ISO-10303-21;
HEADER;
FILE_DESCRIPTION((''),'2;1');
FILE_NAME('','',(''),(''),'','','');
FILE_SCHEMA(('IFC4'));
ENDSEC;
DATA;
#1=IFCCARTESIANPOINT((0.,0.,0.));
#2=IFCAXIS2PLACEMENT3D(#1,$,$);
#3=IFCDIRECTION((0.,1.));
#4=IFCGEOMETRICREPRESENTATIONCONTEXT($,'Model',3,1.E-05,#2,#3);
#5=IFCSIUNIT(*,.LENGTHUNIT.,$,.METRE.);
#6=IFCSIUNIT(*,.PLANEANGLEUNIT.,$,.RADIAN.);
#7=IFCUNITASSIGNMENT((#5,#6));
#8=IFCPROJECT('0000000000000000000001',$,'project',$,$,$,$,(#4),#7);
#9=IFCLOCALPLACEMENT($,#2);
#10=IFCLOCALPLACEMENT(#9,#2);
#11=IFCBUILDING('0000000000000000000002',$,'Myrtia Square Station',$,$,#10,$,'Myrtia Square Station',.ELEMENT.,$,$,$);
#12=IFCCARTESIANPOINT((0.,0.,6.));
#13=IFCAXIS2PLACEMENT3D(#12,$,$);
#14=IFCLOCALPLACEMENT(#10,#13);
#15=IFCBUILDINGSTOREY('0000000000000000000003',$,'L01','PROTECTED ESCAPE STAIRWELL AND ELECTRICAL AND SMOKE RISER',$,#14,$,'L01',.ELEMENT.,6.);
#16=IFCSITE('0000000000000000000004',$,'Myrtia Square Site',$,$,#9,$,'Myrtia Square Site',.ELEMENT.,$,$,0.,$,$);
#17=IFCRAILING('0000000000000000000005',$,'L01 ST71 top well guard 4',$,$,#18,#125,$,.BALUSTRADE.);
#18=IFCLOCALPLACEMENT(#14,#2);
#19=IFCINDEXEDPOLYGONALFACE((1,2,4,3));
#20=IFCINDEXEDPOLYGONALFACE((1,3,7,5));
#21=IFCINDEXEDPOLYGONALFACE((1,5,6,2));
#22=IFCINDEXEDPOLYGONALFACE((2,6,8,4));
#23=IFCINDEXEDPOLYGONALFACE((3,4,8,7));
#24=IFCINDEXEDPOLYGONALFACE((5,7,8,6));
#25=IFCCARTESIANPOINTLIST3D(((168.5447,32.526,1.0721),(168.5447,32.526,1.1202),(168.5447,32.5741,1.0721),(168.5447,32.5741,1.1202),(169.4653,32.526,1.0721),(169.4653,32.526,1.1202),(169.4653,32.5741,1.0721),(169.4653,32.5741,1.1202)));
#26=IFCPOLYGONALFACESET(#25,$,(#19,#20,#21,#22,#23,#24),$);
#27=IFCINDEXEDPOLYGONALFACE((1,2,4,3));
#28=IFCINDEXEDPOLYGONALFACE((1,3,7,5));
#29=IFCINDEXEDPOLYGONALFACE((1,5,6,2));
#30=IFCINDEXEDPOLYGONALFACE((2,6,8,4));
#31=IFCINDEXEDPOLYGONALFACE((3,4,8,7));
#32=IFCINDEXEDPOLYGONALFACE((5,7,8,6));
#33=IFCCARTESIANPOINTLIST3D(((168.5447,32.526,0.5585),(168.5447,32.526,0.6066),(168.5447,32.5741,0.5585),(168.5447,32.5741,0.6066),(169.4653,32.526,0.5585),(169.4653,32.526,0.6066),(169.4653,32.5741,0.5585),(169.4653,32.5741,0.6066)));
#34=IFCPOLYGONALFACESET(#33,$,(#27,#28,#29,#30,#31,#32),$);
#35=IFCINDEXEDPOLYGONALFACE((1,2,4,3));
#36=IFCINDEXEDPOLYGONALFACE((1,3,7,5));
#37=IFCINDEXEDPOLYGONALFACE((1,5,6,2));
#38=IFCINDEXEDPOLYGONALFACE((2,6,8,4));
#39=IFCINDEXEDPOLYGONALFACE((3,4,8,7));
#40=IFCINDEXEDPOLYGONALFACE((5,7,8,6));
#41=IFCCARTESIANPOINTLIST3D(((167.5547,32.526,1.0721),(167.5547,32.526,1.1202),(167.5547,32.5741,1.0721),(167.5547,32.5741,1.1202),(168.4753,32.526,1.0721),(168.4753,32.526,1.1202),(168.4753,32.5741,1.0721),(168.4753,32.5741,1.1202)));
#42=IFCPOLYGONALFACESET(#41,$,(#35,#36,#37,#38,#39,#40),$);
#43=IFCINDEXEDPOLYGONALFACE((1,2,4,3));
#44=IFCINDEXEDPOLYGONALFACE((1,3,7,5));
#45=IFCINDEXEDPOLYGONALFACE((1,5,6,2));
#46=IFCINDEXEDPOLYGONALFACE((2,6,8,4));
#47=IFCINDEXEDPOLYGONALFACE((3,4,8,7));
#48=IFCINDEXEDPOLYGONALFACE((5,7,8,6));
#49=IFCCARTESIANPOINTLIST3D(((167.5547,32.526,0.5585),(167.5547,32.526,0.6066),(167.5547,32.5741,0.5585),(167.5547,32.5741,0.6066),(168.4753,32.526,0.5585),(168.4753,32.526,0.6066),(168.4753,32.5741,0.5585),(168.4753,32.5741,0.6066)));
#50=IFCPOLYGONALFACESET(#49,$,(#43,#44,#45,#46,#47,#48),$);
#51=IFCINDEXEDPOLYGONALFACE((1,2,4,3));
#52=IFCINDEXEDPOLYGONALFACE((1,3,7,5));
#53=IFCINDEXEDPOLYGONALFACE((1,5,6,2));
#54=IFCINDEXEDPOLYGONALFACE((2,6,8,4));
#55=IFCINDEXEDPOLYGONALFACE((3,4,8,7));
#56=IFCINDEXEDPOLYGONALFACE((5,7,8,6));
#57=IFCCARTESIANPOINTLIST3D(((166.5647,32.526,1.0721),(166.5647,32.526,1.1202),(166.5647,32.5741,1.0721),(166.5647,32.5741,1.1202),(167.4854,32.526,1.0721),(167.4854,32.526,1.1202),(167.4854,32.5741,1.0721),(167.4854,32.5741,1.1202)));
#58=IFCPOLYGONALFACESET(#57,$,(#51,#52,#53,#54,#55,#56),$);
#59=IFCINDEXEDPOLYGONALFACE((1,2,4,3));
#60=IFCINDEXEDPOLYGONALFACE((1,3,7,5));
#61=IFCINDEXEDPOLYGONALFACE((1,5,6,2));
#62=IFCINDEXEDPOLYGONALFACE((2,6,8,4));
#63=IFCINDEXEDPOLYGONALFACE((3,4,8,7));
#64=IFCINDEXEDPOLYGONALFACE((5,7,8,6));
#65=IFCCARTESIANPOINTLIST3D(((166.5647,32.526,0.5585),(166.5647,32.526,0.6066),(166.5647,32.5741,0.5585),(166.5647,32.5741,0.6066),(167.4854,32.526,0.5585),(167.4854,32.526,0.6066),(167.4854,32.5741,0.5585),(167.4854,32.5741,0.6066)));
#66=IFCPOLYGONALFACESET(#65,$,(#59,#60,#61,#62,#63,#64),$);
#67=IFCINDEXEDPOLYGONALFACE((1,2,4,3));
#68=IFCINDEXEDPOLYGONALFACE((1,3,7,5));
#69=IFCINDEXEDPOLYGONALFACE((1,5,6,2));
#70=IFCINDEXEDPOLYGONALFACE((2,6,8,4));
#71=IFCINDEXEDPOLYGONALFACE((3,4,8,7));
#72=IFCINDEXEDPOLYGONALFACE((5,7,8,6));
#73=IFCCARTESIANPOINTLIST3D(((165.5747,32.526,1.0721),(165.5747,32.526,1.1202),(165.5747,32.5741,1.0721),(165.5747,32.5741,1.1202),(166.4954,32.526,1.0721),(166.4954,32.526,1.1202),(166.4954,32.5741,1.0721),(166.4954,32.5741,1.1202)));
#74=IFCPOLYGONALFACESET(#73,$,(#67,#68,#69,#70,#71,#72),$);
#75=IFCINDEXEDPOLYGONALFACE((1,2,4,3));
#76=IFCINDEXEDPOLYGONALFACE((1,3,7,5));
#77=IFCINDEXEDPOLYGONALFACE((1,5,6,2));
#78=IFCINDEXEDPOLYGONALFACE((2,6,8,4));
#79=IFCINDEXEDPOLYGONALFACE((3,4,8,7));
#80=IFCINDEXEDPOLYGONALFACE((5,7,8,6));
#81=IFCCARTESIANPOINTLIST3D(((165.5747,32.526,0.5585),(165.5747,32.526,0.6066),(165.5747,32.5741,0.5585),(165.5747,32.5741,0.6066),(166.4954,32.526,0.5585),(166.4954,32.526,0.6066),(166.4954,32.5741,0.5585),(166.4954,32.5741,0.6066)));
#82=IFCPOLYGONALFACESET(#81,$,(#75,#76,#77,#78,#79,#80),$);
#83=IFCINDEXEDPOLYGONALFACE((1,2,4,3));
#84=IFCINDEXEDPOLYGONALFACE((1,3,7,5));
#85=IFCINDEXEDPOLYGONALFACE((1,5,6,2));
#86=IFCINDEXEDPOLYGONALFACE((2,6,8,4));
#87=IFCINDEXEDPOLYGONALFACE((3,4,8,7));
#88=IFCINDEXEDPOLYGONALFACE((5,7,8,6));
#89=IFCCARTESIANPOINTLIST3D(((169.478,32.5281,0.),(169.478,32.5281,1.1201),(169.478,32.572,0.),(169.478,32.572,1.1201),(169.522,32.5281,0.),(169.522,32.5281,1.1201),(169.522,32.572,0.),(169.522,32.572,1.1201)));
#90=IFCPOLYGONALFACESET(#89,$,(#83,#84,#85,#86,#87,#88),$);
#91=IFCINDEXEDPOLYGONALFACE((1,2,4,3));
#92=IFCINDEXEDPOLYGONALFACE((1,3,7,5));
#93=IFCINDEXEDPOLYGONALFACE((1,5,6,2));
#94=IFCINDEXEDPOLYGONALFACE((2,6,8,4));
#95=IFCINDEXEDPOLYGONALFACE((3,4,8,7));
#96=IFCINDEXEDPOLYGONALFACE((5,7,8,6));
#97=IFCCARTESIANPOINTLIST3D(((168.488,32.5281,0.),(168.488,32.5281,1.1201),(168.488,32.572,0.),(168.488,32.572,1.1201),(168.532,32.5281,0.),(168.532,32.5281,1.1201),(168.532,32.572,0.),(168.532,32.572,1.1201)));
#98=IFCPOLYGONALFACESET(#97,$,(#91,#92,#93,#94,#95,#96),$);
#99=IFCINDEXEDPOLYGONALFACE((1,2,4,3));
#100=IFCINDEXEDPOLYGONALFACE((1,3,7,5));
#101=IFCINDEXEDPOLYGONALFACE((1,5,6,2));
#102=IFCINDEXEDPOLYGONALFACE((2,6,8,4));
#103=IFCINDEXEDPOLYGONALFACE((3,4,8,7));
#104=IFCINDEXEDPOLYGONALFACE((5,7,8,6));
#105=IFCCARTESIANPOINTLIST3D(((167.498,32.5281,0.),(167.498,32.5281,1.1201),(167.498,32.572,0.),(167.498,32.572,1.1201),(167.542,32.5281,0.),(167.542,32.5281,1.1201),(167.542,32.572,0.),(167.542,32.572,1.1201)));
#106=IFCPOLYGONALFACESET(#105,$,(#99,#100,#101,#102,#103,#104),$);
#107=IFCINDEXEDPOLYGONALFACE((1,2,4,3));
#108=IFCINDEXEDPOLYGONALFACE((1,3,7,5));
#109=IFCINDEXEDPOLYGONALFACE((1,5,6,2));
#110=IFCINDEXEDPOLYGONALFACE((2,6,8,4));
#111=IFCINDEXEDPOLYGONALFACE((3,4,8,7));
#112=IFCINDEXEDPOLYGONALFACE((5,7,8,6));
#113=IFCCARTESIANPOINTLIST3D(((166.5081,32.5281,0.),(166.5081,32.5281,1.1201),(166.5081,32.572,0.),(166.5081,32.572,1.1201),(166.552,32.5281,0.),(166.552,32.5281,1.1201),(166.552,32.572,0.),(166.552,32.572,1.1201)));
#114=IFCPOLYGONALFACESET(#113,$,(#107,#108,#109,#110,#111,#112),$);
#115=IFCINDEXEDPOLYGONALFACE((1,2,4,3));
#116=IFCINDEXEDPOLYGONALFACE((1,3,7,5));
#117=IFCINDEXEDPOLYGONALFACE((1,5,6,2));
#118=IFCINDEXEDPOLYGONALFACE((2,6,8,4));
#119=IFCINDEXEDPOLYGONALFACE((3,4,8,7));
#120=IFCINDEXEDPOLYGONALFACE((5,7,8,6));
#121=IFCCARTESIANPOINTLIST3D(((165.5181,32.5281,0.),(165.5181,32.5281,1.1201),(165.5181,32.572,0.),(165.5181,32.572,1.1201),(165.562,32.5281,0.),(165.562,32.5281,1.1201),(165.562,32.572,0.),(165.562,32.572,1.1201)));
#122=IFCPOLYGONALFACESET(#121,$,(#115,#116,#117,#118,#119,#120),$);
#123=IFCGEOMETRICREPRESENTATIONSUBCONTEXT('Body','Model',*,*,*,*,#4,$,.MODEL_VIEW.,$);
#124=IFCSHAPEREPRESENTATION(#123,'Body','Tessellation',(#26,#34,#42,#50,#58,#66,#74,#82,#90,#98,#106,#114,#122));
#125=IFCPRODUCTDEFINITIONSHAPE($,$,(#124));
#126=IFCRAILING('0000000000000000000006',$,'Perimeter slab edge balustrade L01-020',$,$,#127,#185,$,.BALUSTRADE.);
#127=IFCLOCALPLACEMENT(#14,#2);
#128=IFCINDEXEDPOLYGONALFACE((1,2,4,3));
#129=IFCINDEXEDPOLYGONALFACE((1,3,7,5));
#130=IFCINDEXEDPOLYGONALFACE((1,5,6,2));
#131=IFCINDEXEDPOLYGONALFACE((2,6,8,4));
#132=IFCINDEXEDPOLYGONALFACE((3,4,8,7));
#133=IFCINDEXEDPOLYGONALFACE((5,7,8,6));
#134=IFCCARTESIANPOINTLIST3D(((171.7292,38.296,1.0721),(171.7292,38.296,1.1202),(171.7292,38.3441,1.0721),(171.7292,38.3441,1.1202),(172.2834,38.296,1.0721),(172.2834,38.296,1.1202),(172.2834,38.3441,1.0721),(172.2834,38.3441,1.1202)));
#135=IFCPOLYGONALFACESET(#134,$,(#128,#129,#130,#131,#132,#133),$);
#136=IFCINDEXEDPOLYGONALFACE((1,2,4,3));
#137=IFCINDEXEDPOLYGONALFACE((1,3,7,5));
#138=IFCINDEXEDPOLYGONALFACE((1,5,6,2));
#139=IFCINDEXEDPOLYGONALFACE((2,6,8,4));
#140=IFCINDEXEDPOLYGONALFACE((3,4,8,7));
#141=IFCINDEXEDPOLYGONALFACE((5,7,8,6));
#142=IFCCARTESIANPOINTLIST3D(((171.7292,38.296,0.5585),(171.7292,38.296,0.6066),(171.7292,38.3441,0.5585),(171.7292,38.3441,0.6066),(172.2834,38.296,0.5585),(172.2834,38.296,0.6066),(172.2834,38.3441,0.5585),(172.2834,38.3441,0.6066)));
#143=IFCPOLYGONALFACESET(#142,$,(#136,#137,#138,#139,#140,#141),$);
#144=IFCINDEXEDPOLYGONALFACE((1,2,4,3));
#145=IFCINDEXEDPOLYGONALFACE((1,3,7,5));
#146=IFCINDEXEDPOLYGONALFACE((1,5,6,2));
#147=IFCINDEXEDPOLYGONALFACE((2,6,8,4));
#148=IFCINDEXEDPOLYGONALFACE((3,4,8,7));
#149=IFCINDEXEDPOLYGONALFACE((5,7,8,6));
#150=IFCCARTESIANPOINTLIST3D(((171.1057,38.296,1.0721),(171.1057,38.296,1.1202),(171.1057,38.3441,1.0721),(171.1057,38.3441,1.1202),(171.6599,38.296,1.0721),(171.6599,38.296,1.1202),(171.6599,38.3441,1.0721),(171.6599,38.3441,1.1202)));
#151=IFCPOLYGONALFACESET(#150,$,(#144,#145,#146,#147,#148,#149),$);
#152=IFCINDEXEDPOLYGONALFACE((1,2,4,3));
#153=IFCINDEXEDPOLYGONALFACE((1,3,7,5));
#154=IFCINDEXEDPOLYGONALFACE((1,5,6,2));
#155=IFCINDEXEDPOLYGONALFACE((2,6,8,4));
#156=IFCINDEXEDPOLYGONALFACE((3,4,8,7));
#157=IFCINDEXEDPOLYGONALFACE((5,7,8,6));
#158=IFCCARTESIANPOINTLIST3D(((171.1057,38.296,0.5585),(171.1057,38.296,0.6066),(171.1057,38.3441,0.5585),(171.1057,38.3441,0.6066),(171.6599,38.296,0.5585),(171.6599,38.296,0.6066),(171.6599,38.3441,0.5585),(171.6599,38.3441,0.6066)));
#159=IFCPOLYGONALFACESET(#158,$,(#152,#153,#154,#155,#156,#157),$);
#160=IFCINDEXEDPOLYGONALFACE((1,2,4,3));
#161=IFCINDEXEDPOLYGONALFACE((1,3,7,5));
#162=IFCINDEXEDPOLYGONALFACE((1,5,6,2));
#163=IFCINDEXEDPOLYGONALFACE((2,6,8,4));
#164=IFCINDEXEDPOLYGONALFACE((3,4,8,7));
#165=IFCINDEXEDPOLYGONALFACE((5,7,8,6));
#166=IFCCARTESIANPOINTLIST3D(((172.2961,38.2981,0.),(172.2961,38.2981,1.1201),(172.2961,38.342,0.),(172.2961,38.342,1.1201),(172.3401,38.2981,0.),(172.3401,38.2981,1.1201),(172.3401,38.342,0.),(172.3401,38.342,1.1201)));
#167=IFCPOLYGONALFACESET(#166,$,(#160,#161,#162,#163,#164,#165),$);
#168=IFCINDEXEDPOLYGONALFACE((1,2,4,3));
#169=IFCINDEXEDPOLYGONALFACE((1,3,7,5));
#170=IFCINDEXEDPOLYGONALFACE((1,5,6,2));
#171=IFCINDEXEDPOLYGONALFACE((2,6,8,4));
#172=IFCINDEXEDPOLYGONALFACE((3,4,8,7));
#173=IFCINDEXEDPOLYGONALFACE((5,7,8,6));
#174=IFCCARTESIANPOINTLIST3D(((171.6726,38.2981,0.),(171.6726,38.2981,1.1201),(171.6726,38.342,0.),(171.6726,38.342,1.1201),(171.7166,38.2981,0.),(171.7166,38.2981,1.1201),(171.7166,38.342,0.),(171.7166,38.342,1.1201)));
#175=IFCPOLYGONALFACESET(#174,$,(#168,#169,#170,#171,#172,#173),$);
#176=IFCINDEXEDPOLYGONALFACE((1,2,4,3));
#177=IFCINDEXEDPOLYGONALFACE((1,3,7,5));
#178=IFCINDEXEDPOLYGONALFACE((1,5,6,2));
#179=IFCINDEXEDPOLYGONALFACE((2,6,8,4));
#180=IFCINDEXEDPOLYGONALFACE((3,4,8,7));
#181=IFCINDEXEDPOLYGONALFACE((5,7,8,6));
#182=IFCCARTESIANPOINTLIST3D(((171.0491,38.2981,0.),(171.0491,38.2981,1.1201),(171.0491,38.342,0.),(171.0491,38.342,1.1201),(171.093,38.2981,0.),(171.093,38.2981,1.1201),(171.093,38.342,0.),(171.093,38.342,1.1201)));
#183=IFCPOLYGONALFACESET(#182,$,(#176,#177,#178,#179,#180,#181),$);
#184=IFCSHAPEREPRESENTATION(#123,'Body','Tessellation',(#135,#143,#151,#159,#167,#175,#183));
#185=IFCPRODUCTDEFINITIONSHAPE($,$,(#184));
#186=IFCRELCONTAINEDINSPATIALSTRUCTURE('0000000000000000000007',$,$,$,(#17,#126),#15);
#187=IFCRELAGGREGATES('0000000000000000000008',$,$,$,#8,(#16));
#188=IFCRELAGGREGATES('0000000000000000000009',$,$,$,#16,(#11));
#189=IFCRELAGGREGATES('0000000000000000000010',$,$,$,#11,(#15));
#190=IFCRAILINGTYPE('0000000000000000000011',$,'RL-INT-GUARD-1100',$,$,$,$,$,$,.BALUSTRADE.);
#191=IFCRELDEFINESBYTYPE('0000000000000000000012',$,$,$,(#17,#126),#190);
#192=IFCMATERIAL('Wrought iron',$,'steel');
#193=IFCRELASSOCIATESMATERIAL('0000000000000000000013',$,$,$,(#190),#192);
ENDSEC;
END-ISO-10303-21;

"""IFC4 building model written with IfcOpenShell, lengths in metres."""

from ifc_helpers import new_model, si_unit, direction, frame, origin, origin_2d, place, context, subcontext, project, spatial, rectangle, extrude, material, type_object, element, save


model = new_model("IFC4")

# Units and contexts
model_context = context("Model", 3, precision=1e-05, world=origin(), true_north=direction((0.0, 1.0)))
body_context = subcontext(model_context, "Body", "Model", "MODEL_VIEW")
ifc_project = project(units=[si_unit("LENGTHUNIT", "METRE"), si_unit("PLANEANGLEUNIT", "RADIAN")], contexts=[model_context])

# Site, building, storey
site_placement = place(None, origin())
site = spatial("IfcSite", under=ifc_project, at=site_placement, Name="Myrtia Square Site", LongName="Myrtia Square Site", CompositionType="ELEMENT", RefElevation=0.0)
building_placement = place(site_placement, origin())
building = spatial("IfcBuilding", under=site, at=building_placement, Name="Myrtia Square Station", LongName="Myrtia Square Station", CompositionType="ELEMENT")
storey_placement = place(building_placement, frame((0.0, 0.0, 6.0)))
storey = spatial("IfcBuildingStorey", under=building, at=storey_placement, Name="L01", Description="PROTECTED ESCAPE STAIRWELL AND ELECTRICAL AND SMOKE RISER", LongName="L01", CompositionType="ELEMENT", Elevation=6.0)

# Railings
ifc_material_1 = material(Name="Wrought iron", Category="steel")
railing_type = type_object("IfcRailingType", Name="RL-INT-GUARD-1100", PredefinedType="BALUSTRADE", material=ifc_material_1)
railing_1_placement = place(storey_placement, frame((169.5, 32.55, 0.0)))
element("IfcRailing", 1, at=railing_1_placement, inside=storey, type_object=railing_type, Name="L01 ST71 top well guard 4", PredefinedType="BALUSTRADE", context=body_context, shape_type="SweptSolid", body=[
    extrude(rectangle(XDim=0.0481, YDim=0.0481, at=origin_2d()), frame((-0.0347, 0.0, 1.0962), z_axis=(-1.0, 0.0, 0.0), x_axis=(0.0, -1.0, 0.0)), (0.0, 0.0, 1.0), 0.9207),
    extrude(rectangle(XDim=0.0481, YDim=0.0481, at=origin_2d()), frame((-0.0347, 0.0, 0.5825), z_axis=(-1.0, 0.0, 0.0), x_axis=(0.0, -1.0, 0.0)), (0.0, 0.0, 1.0), 0.9207),
    extrude(rectangle(XDim=0.0481, YDim=0.0481, at=origin_2d()), frame((-1.0247, 0.0, 1.0962), z_axis=(-1.0, 0.0, 0.0), x_axis=(0.0, -1.0, 0.0)), (0.0, 0.0, 1.0), 0.9207),
    extrude(rectangle(XDim=0.0481, YDim=0.0481, at=origin_2d()), frame((-1.0247, 0.0, 0.5825), z_axis=(-1.0, 0.0, 0.0), x_axis=(0.0, -1.0, 0.0)), (0.0, 0.0, 1.0), 0.9207),
    extrude(rectangle(XDim=0.0481, YDim=0.0481, at=origin_2d()), frame((-2.0146, 0.0, 1.0962), z_axis=(-1.0, 0.0, 0.0), x_axis=(0.0, -1.0, 0.0)), (0.0, 0.0, 1.0), 0.9207),
    extrude(rectangle(XDim=0.0481, YDim=0.0481, at=origin_2d()), frame((-2.0146, 0.0, 0.5825), z_axis=(-1.0, 0.0, 0.0), x_axis=(0.0, -1.0, 0.0)), (0.0, 0.0, 1.0), 0.9207),
    extrude(rectangle(XDim=0.0481, YDim=0.0481, at=origin_2d()), frame((-3.0046, 0.0, 1.0962), z_axis=(-1.0, 0.0, 0.0), x_axis=(0.0, -1.0, 0.0)), (0.0, 0.0, 1.0), 0.9207),
    extrude(rectangle(XDim=0.0481, YDim=0.0481, at=origin_2d()), frame((-3.0046, 0.0, 0.5825), z_axis=(-1.0, 0.0, 0.0), x_axis=(0.0, -1.0, 0.0)), (0.0, 0.0, 1.0), 0.9207),
    extrude(rectangle(XDim=0.0439, YDim=0.0439, at=origin_2d()), origin(), (0.0, 0.0, 1.0), 1.1201),
    extrude(rectangle(XDim=0.0439, YDim=0.0439, at=origin_2d()), frame((-0.99, 0.0, 0.0)), (0.0, 0.0, 1.0), 1.1201),
    extrude(rectangle(XDim=0.0439, YDim=0.0439, at=origin_2d()), frame((-1.98, 0.0, 0.0)), (0.0, 0.0, 1.0), 1.1201),
    extrude(rectangle(XDim=0.0439, YDim=0.0439, at=origin_2d()), frame((-2.97, 0.0, 0.0)), (0.0, 0.0, 1.0), 1.1201),
    extrude(rectangle(XDim=0.0439, YDim=0.0439, at=origin_2d()), frame((-3.96, 0.0, 0.0)), (0.0, 0.0, 1.0), 1.1201),
])
railing_2_placement = place(storey_placement, frame((172.3181, 38.3201, 0.0)))
element("IfcRailing", 2, at=railing_2_placement, inside=storey, type_object=railing_type, Name="Perimeter slab edge balustrade L01-020", PredefinedType="BALUSTRADE", context=body_context, shape_type="SweptSolid", body=[
    extrude(rectangle(XDim=0.0481, YDim=0.0481, at=origin_2d()), frame((-0.0347, 0.0, 1.0962), z_axis=(-1.0, 0.0, 0.0), x_axis=(0.0, -1.0, 0.0)), (0.0, 0.0, 1.0), 0.5542),
    extrude(rectangle(XDim=0.0481, YDim=0.0481, at=origin_2d()), frame((-0.0347, 0.0, 0.5825), z_axis=(-1.0, 0.0, 0.0), x_axis=(0.0, -1.0, 0.0)), (0.0, 0.0, 1.0), 0.5542),
    extrude(rectangle(XDim=0.0481, YDim=0.0481, at=origin_2d()), frame((-0.6582, 0.0, 1.0962), z_axis=(-1.0, 0.0, 0.0), x_axis=(0.0, -1.0, 0.0)), (0.0, 0.0, 1.0), 0.5542),
    extrude(rectangle(XDim=0.0481, YDim=0.0481, at=origin_2d()), frame((-0.6582, 0.0, 0.5825), z_axis=(-1.0, 0.0, 0.0), x_axis=(0.0, -1.0, 0.0)), (0.0, 0.0, 1.0), 0.5542),
    extrude(rectangle(XDim=0.0439, YDim=0.0439, at=origin_2d()), origin(), (0.0, 0.0, 1.0), 1.1201),
    extrude(rectangle(XDim=0.0439, YDim=0.0439, at=origin_2d()), frame((-0.6235, 0.0, 0.0)), (0.0, 0.0, 1.0), 1.1201),
    extrude(rectangle(XDim=0.0439, YDim=0.0439, at=origin_2d()), frame((-1.2471, 0.0, 0.0)), (0.0, 0.0, 1.0), 1.1201),
])

save(model, "model.ifc")
